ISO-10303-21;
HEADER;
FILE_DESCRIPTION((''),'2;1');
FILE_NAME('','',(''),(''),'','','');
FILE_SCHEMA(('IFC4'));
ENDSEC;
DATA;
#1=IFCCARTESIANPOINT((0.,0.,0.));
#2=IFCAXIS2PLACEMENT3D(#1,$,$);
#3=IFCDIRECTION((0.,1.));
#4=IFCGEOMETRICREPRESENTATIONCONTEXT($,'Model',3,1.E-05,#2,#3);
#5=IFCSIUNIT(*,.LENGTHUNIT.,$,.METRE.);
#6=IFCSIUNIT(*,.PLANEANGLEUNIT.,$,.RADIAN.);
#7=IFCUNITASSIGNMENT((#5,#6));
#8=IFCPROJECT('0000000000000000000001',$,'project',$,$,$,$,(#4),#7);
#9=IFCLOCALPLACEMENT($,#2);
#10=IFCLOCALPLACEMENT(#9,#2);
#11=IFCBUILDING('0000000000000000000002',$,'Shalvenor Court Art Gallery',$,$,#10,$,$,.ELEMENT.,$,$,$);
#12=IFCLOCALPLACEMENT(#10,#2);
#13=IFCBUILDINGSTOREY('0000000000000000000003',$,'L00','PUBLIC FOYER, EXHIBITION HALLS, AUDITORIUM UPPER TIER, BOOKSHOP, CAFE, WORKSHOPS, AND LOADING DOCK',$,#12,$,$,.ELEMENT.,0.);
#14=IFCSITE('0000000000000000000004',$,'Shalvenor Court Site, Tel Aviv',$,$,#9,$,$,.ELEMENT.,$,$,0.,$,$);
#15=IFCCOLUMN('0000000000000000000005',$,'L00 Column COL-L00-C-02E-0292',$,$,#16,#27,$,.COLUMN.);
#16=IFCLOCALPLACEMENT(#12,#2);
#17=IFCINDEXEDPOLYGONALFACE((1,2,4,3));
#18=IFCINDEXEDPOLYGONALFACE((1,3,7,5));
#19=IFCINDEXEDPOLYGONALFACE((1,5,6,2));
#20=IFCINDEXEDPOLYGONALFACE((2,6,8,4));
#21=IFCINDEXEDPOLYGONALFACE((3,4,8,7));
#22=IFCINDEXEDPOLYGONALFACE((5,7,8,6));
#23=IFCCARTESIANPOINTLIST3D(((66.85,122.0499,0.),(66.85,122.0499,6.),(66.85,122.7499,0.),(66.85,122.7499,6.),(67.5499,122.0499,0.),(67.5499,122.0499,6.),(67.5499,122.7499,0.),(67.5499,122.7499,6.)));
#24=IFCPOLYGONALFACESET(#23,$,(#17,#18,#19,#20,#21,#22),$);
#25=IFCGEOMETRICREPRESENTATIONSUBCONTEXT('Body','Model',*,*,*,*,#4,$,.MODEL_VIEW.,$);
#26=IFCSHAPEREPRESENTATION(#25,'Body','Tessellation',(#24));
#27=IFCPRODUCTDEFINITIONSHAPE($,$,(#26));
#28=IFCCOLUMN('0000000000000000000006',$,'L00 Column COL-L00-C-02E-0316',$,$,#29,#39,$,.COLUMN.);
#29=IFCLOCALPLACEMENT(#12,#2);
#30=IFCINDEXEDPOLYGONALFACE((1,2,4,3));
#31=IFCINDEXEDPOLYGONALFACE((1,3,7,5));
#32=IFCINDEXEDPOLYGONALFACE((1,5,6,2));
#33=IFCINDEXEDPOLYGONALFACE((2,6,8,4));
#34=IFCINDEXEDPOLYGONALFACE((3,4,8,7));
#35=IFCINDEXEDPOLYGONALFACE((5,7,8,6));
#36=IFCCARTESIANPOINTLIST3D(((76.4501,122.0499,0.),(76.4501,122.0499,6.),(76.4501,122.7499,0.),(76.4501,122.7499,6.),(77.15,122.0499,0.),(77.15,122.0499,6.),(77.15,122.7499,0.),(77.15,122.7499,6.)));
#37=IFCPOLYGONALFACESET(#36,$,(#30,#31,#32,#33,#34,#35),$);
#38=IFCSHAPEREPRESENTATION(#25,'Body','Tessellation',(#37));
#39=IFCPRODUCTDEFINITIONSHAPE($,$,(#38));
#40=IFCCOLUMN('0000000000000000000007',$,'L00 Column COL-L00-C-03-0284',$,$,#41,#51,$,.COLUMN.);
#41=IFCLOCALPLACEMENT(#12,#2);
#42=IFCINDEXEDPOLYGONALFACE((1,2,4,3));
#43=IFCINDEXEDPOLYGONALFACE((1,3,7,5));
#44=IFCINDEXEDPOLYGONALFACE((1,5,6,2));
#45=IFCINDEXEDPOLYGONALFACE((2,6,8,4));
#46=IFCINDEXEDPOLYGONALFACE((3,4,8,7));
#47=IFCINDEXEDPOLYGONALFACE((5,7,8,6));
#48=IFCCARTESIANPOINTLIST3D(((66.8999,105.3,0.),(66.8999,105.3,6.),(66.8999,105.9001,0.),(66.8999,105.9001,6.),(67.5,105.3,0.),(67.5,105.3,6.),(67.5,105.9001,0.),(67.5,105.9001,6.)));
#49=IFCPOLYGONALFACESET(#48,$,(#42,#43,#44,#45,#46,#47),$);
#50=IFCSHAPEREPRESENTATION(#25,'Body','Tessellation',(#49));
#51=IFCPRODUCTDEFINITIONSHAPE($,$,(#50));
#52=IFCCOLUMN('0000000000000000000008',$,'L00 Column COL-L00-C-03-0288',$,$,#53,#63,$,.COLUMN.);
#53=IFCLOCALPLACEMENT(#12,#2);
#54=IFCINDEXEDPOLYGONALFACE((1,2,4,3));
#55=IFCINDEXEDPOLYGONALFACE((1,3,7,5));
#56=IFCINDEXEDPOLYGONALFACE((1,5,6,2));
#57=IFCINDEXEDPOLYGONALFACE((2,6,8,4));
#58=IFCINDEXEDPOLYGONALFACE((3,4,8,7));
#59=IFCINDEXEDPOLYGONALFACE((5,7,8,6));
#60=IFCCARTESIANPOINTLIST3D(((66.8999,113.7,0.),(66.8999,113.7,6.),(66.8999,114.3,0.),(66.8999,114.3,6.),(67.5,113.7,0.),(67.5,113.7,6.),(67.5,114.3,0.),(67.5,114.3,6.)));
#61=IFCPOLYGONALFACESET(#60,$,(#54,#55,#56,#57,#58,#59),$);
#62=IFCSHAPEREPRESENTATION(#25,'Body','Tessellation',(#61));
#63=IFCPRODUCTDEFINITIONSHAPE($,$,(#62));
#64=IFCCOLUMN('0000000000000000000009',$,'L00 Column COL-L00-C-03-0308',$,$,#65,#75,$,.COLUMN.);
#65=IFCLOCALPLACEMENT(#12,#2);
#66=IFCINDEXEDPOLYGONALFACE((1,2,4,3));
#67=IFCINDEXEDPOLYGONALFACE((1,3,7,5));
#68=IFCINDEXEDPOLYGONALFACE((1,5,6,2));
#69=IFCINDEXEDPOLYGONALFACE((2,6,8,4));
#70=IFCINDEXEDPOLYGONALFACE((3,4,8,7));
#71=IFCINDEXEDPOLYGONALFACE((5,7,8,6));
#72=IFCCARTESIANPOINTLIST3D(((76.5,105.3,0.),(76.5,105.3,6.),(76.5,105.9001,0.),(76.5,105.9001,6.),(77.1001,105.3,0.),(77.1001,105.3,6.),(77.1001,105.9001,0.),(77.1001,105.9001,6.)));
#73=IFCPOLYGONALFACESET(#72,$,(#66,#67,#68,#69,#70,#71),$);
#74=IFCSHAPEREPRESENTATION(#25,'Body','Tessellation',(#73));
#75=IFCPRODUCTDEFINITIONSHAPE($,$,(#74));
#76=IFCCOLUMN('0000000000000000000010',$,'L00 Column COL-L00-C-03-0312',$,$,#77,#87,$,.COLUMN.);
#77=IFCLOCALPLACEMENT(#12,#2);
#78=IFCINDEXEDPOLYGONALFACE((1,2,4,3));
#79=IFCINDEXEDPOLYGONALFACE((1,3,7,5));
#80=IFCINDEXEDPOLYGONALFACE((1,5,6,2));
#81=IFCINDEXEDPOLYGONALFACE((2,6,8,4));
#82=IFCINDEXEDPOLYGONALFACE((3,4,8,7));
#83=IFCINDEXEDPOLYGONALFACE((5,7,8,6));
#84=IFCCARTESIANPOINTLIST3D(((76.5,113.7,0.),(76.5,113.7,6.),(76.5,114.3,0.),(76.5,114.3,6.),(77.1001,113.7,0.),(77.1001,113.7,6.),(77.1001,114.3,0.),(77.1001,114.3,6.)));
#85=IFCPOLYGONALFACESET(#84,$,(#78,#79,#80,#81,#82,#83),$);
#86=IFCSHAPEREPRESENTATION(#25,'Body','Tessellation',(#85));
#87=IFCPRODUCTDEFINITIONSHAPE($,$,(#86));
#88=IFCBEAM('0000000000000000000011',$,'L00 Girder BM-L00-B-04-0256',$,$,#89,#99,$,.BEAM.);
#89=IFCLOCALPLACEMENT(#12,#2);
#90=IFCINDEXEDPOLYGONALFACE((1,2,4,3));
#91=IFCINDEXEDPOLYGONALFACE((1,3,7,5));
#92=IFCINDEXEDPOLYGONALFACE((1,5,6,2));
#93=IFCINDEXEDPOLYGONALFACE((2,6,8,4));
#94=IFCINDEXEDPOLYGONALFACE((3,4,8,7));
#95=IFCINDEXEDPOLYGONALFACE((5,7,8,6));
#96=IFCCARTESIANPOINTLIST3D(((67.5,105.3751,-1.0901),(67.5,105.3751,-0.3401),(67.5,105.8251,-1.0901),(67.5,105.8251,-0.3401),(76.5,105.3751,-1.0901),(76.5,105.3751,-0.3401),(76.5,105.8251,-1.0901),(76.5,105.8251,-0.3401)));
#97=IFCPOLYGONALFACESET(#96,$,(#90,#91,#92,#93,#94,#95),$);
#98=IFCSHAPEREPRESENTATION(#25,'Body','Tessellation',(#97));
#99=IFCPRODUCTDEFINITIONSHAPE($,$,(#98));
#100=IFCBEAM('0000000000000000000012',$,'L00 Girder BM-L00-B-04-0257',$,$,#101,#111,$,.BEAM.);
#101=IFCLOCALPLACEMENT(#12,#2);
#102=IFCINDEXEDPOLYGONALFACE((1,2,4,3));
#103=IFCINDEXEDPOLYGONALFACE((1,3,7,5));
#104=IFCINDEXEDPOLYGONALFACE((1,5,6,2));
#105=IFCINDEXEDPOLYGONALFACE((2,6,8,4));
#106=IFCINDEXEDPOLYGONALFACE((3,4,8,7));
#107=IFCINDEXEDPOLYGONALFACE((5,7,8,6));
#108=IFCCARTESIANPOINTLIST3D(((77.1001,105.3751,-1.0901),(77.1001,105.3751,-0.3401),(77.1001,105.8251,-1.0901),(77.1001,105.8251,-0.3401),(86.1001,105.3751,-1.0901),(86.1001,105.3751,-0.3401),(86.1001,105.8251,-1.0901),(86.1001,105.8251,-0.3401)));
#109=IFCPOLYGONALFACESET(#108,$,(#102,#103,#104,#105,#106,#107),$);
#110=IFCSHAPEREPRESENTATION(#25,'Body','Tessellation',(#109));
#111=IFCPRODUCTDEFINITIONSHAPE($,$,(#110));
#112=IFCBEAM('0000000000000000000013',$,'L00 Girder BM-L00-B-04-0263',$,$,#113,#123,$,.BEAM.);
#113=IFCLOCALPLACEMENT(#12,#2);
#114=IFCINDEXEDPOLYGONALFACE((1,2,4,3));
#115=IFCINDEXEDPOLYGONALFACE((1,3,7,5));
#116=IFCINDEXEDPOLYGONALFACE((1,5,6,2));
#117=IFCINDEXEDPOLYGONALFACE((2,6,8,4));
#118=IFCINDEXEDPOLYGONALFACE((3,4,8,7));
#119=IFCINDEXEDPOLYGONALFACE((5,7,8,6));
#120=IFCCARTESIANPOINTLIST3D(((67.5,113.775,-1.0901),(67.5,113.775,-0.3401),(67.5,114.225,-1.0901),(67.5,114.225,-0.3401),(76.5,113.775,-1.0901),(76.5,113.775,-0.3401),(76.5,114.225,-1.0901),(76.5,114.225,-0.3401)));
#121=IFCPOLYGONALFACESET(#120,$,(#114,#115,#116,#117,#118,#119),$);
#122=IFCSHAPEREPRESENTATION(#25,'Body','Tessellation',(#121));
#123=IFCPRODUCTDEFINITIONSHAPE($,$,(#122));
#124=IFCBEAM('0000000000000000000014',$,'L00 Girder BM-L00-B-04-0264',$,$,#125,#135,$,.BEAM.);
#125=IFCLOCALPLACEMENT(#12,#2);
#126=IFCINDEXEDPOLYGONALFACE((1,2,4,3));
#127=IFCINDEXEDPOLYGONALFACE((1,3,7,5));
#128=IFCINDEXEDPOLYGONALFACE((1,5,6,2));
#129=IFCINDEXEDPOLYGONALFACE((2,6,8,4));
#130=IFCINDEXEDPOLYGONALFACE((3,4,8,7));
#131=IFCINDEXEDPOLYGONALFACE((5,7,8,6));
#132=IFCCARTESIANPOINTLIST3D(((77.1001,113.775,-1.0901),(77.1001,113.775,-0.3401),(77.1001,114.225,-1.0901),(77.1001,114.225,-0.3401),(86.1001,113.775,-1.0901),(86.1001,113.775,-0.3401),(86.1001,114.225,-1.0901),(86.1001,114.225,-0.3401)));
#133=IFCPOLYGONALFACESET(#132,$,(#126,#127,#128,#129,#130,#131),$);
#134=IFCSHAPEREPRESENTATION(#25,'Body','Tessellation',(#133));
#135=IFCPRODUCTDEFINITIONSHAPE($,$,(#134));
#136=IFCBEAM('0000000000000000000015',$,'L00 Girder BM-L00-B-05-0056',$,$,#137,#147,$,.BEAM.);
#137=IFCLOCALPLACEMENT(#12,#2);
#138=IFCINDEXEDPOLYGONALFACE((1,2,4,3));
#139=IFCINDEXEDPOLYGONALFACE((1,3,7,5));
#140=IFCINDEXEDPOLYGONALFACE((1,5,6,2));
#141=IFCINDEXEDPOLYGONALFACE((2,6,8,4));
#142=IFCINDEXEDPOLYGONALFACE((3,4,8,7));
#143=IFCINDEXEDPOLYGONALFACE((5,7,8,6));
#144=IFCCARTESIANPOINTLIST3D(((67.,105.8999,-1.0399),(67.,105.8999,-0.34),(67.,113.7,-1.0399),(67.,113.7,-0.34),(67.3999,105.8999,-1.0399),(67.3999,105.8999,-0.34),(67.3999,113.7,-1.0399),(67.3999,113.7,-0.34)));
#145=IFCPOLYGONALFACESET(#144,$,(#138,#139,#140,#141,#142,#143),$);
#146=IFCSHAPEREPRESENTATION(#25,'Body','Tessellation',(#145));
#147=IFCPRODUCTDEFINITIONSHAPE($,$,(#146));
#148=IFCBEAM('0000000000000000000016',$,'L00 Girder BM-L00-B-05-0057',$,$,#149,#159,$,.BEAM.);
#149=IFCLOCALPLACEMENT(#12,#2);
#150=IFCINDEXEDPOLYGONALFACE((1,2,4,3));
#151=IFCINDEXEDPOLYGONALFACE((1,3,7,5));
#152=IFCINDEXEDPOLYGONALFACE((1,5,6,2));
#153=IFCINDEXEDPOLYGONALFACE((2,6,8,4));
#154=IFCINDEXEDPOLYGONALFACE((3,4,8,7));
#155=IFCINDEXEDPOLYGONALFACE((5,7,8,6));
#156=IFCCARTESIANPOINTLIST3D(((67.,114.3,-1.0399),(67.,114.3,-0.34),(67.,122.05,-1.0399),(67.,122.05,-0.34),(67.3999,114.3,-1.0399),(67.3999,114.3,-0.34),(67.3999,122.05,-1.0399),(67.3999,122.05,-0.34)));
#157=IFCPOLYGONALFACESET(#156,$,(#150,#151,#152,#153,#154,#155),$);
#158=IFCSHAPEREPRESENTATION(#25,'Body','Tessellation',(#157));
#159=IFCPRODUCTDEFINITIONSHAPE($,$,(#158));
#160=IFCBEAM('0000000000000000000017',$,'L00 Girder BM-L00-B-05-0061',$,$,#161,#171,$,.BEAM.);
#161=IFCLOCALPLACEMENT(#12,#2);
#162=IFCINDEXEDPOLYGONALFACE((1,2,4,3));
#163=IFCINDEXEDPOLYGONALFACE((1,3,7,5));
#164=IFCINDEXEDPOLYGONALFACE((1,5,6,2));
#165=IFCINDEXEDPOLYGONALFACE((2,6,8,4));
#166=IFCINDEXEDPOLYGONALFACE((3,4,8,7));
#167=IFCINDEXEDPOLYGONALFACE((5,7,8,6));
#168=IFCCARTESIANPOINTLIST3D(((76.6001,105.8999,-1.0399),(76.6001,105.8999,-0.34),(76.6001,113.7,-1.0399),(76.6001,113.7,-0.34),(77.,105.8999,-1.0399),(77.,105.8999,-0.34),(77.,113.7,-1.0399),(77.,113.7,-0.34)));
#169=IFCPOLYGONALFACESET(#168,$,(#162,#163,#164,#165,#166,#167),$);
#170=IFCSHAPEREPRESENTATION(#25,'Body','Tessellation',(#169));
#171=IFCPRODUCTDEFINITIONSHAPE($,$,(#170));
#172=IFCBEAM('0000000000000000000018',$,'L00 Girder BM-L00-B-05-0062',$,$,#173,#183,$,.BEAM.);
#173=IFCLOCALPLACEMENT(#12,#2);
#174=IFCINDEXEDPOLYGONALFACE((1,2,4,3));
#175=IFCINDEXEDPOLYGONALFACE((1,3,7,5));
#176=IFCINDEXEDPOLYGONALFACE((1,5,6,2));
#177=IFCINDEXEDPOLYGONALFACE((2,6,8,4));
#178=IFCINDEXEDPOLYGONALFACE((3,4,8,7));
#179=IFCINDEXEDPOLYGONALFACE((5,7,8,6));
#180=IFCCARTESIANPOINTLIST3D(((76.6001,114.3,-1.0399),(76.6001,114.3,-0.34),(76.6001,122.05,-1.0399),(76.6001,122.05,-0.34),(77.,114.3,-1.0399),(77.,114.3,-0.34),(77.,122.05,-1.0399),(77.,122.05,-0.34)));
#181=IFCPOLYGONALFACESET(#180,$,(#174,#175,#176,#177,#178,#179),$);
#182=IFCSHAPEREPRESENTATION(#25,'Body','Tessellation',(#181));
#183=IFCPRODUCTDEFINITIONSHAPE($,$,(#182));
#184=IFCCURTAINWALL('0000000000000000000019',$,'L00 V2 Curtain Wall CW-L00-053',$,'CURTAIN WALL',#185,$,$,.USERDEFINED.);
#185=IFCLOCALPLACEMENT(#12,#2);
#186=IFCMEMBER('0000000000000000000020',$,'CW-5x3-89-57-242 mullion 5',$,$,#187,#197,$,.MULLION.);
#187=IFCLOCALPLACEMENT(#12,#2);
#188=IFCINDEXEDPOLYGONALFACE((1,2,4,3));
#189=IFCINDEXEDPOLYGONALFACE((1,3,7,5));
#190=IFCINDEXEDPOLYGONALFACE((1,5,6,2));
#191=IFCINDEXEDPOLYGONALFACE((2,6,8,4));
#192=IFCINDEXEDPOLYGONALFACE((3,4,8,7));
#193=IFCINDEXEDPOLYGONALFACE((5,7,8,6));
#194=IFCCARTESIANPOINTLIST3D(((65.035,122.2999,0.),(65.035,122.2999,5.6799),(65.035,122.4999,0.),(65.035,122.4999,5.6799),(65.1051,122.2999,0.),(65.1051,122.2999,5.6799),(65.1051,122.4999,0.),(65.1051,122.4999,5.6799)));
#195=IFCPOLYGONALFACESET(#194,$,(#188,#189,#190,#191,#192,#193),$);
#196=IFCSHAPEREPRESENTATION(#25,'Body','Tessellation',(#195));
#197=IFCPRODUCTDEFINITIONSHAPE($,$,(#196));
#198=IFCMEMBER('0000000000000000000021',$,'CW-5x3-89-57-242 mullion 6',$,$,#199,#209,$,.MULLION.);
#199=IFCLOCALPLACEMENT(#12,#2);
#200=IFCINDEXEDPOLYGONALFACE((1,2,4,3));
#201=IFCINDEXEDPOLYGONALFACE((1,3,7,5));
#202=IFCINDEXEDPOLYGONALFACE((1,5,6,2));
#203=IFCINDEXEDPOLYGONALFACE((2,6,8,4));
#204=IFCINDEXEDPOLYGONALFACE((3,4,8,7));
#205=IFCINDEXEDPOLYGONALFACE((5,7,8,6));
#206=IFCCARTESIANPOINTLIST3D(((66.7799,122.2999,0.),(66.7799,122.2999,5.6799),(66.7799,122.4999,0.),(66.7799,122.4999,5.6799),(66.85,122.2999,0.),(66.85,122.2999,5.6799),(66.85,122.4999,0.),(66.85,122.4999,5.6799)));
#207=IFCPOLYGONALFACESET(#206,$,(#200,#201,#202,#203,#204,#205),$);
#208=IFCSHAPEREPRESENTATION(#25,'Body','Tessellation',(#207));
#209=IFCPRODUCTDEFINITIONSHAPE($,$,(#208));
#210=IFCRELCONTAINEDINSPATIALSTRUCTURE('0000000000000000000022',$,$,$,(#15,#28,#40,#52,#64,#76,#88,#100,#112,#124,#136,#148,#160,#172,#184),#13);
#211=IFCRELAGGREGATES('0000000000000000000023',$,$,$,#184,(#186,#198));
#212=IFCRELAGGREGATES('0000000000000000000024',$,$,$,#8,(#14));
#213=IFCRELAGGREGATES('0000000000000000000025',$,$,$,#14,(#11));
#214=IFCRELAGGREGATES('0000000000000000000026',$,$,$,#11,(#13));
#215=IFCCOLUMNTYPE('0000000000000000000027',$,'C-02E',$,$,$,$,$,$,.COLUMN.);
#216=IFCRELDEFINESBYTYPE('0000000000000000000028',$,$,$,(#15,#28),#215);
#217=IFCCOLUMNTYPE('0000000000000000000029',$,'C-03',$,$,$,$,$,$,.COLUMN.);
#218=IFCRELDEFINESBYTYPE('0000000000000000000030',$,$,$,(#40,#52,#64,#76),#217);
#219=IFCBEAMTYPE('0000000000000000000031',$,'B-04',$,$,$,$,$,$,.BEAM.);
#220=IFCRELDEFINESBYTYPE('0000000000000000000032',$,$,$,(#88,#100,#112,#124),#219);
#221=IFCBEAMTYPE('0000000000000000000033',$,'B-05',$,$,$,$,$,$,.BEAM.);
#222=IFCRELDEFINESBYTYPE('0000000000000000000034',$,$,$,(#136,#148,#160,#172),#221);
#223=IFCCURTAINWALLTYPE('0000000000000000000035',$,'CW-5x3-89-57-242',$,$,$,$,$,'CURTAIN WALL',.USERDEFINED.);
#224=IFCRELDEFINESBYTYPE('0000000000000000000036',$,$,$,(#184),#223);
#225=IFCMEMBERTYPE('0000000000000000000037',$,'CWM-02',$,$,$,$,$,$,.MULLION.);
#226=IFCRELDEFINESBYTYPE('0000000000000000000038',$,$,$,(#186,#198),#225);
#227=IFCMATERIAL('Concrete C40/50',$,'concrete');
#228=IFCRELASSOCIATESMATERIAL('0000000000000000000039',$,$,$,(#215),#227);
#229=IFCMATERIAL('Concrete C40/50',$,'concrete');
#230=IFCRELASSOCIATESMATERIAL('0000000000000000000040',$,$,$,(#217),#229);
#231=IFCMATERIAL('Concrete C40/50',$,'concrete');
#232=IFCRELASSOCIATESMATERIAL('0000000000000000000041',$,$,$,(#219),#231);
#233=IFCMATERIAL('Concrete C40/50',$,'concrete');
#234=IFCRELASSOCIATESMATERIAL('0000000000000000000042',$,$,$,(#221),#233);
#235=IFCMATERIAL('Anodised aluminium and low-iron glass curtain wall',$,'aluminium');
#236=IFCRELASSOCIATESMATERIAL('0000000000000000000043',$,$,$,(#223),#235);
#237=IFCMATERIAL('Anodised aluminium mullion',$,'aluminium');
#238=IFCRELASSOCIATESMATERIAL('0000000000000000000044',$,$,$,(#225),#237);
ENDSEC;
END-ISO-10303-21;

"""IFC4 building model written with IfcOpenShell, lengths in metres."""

from ifc_helpers import new_model, si_unit, direction, frame, origin, origin_2d, place, context, subcontext, project, spatial, rectangle, extrude, material, material_profile, profile_set, type_object, element, aggregate, save


model = new_model("IFC4")

# Units and contexts
model_context = context("Model", 3, precision=1e-05, world=origin(), true_north=direction((0.0, 1.0)))
body_context = subcontext(model_context, "Body", "Model", "MODEL_VIEW")
ifc_project = project(units=[si_unit("LENGTHUNIT", "METRE"), si_unit("PLANEANGLEUNIT", "RADIAN")], contexts=[model_context])

# Site, building, storey
site_placement = place(None, origin())
site = spatial("IfcSite", under=ifc_project, at=site_placement, Name="Shalvenor Court Site, Tel Aviv", CompositionType="ELEMENT", RefElevation=0.0)
building_placement = place(site_placement, origin())
building = spatial("IfcBuilding", under=site, at=building_placement, Name="Shalvenor Court Art Gallery", CompositionType="ELEMENT")
storey_placement = place(building_placement, origin())
storey = spatial("IfcBuildingStorey", under=building, at=storey_placement, Name="L00", Description="PUBLIC FOYER, EXHIBITION HALLS, AUDITORIUM UPPER TIER, BOOKSHOP, CAFE, WORKSHOPS, AND LOADING DOCK", CompositionType="ELEMENT", Elevation=0.0)

# Columns
ifc_material_1 = material(Name="Concrete C40/50", Category="concrete")
ifc_material_profile_1 = material_profile(ifc_material_1, rectangle(XDim=0.7, YDim=0.7, at=origin_2d()), Name="RC 700x700")
ifc_profile_set_1 = profile_set([ifc_material_profile_1], Name="Concrete C40/50")
column_type_1 = type_object("IfcColumnType", Name="C-02E", PredefinedType="COLUMN", material=ifc_profile_set_1)
for number, where, z_axis, x_axis, name in (
    (1, (67.2, 122.3999, 0.0), (0.0, 0.0, 1.0), (1.0, 0.0, 0.0), "L00 Column COL-L00-C-02E-0292"),
    (2, (76.8, 122.3999, 0.0), (0.0, 0.0, 1.0), (1.0, 0.0, 0.0), "L00 Column COL-L00-C-02E-0316"),
):
    element("IfcColumn", number, at=place(storey_placement, frame(where, z_axis=z_axis, x_axis=x_axis)), inside=storey, type_object=column_type_1, Name=name, PredefinedType="COLUMN", context=body_context, shape_type="SweptSolid", body=[
        extrude(rectangle(XDim=0.7, YDim=0.7, at=origin_2d()), origin(), (0.0, 0.0, 1.0), 6.0),
    ])
ifc_material_2 = material(Name="Concrete C40/50", Category="concrete")
ifc_material_profile_2 = material_profile(ifc_material_2, rectangle(XDim=0.6001, YDim=0.6001, at=origin_2d()), Name="RC 600x600")
ifc_profile_set_2 = profile_set([ifc_material_profile_2], Name="Concrete C40/50")
column_type_2 = type_object("IfcColumnType", Name="C-03", PredefinedType="COLUMN", material=ifc_profile_set_2)
for number, where, z_axis, x_axis, name in (
    (3, (67.2, 105.6001, 0.0), (0.0, 0.0, 1.0), (1.0, 0.0, 0.0), "L00 Column COL-L00-C-03-0284"),
    (4, (67.2, 114.0, 0.0), (0.0, 0.0, 1.0), (1.0, 0.0, 0.0), "L00 Column COL-L00-C-03-0288"),
    (5, (76.8, 105.6001, 0.0), (0.0, 0.0, 1.0), (1.0, 0.0, 0.0), "L00 Column COL-L00-C-03-0308"),
    (6, (76.8, 114.0, 0.0), (0.0, 0.0, 1.0), (1.0, 0.0, 0.0), "L00 Column COL-L00-C-03-0312"),
):
    element("IfcColumn", number, at=place(storey_placement, frame(where, z_axis=z_axis, x_axis=x_axis)), inside=storey, type_object=column_type_2, Name=name, PredefinedType="COLUMN", context=body_context, shape_type="SweptSolid", body=[
        extrude(rectangle(XDim=0.6001, YDim=0.6001, at=origin_2d()), origin(), (0.0, 0.0, 1.0), 6.0),
    ])

# Beams
ifc_material_3 = material(Name="Concrete C40/50", Category="concrete")
ifc_material_profile_3 = material_profile(ifc_material_3, rectangle(XDim=0.45, YDim=0.75, at=origin_2d()), Name="RC 450x750")
ifc_profile_set_3 = profile_set([ifc_material_profile_3], Name="Concrete C40/50")
beam_type_1 = type_object("IfcBeamType", Name="B-04", PredefinedType="BEAM", material=ifc_profile_set_3)
for number, where, z_axis, x_axis, name in (
    (7, (67.5, 105.6001, -0.7151), (1.0, 0.0, 0.0), (0.0, 1.0, 0.0), "L00 Girder BM-L00-B-04-0256"),
    (8, (77.1001, 105.6001, -0.7151), (1.0, 0.0, 0.0), (0.0, 1.0, 0.0), "L00 Girder BM-L00-B-04-0257"),
    (9, (67.5, 114.0, -0.7151), (1.0, 0.0, 0.0), (0.0, 1.0, 0.0), "L00 Girder BM-L00-B-04-0263"),
    (10, (77.1001, 114.0, -0.7151), (1.0, 0.0, 0.0), (0.0, 1.0, 0.0), "L00 Girder BM-L00-B-04-0264"),
):
    element("IfcBeam", number, at=place(storey_placement, frame(where, z_axis=z_axis, x_axis=x_axis)), inside=storey, type_object=beam_type_1, Name=name, PredefinedType="BEAM", context=body_context, shape_type="SweptSolid", body=[
        extrude(rectangle(XDim=0.45, YDim=0.75, at=origin_2d()), origin(), (0.0, 0.0, 1.0), 9.0),
    ])
ifc_material_4 = material(Name="Concrete C40/50", Category="concrete")
ifc_material_profile_4 = material_profile(ifc_material_4, rectangle(XDim=0.3999, YDim=0.7, at=origin_2d()), Name="RC 400x700")
ifc_profile_set_4 = profile_set([ifc_material_profile_4], Name="Concrete C40/50")
beam_type_2 = type_object("IfcBeamType", Name="B-05", PredefinedType="BEAM", material=ifc_profile_set_4)
beam_1_placement = place(storey_placement, frame((67.2, 105.8999, -0.6899), z_axis=(0.0, 1.0, 0.0), x_axis=(-1.0, 0.0, 0.0)))
element("IfcBeam", 11, at=beam_1_placement, inside=storey, type_object=beam_type_2, Name="L00 Girder BM-L00-B-05-0056", PredefinedType="BEAM", context=body_context, shape_type="SweptSolid", body=[
    extrude(rectangle(XDim=0.3999, YDim=0.7, at=origin_2d()), origin(), (0.0, 0.0, 1.0), 7.8),
])
beam_2_placement = place(storey_placement, frame((67.2, 114.3, -0.6899), z_axis=(0.0, 1.0, 0.0), x_axis=(-1.0, 0.0, 0.0)))
element("IfcBeam", 12, at=beam_2_placement, inside=storey, type_object=beam_type_2, Name="L00 Girder BM-L00-B-05-0057", PredefinedType="BEAM", context=body_context, shape_type="SweptSolid", body=[
    extrude(rectangle(XDim=0.3999, YDim=0.7, at=origin_2d()), origin(), (0.0, 0.0, 1.0), 7.75),
])
beam_3_placement = place(storey_placement, frame((76.8, 105.8999, -0.6899), z_axis=(0.0, 1.0, 0.0), x_axis=(-1.0, 0.0, 0.0)))
element("IfcBeam", 13, at=beam_3_placement, inside=storey, type_object=beam_type_2, Name="L00 Girder BM-L00-B-05-0061", PredefinedType="BEAM", context=body_context, shape_type="SweptSolid", body=[
    extrude(rectangle(XDim=0.3999, YDim=0.7, at=origin_2d()), origin(), (0.0, 0.0, 1.0), 7.8),
])
beam_4_placement = place(storey_placement, frame((76.8, 114.3, -0.6899), z_axis=(0.0, 1.0, 0.0), x_axis=(-1.0, 0.0, 0.0)))
element("IfcBeam", 14, at=beam_4_placement, inside=storey, type_object=beam_type_2, Name="L00 Girder BM-L00-B-05-0062", PredefinedType="BEAM", context=body_context, shape_type="SweptSolid", body=[
    extrude(rectangle(XDim=0.3999, YDim=0.7, at=origin_2d()), origin(), (0.0, 0.0, 1.0), 7.75),
])

# Curtain wall, members
ifc_material_5 = material(Name="Anodised aluminium and low-iron glass curtain wall", Category="aluminium")
curtain_wall_type_1 = type_object("IfcCurtainWallType", Name="CW-5x3-89-57-242", ElementType="CURTAIN WALL", PredefinedType="USERDEFINED", material=ifc_material_5)
curtain_wall_1_placement = place(storey_placement, origin())
curtain_wall_1 = element("IfcCurtainWall", 15, at=curtain_wall_1_placement, inside=storey, type_object=curtain_wall_type_1, Name="L00 V2 Curtain Wall CW-L00-053", ObjectType="CURTAIN WALL", PredefinedType="USERDEFINED")
ifc_material_6 = material(Name="Anodised aluminium mullion", Category="aluminium")
ifc_material_profile_5 = material_profile(ifc_material_6, rectangle(XDim=0.0701, YDim=0.2, at=origin_2d()), Name="CWM-02")
ifc_profile_set_5 = profile_set([ifc_material_profile_5], Name="Anodised aluminium mullion")
member_type_1 = type_object("IfcMemberType", Name="CWM-02", PredefinedType="MULLION", material=ifc_profile_set_5)
member_1_placement = place(storey_placement, frame((65.0701, 122.3999, 0.0), z_axis=(0.0, 0.0, 1.0), x_axis=(1.0, 0.0, 0.0)))
member_1 = element("IfcMember", 16, at=member_1_placement, type_object=member_type_1, Name="CW-5x3-89-57-242 mullion 5", PredefinedType="MULLION", context=body_context, shape_type="SweptSolid", body=[
    extrude(rectangle(XDim=0.0701, YDim=0.2, at=origin_2d()), origin(), (0.0, 0.0, 1.0), 5.6799),
])
member_2_placement = place(storey_placement, frame((66.8149, 122.3999, 0.0), z_axis=(0.0, 0.0, 1.0), x_axis=(1.0, 0.0, 0.0)))
member_2 = element("IfcMember", 17, at=member_2_placement, type_object=member_type_1, Name="CW-5x3-89-57-242 mullion 6", PredefinedType="MULLION", context=body_context, shape_type="SweptSolid", body=[
    extrude(rectangle(XDim=0.0701, YDim=0.2, at=origin_2d()), origin(), (0.0, 0.0, 1.0), 5.6799),
])

aggregate(curtain_wall_1, [member_1, member_2])

save(model, "model.ifc")
